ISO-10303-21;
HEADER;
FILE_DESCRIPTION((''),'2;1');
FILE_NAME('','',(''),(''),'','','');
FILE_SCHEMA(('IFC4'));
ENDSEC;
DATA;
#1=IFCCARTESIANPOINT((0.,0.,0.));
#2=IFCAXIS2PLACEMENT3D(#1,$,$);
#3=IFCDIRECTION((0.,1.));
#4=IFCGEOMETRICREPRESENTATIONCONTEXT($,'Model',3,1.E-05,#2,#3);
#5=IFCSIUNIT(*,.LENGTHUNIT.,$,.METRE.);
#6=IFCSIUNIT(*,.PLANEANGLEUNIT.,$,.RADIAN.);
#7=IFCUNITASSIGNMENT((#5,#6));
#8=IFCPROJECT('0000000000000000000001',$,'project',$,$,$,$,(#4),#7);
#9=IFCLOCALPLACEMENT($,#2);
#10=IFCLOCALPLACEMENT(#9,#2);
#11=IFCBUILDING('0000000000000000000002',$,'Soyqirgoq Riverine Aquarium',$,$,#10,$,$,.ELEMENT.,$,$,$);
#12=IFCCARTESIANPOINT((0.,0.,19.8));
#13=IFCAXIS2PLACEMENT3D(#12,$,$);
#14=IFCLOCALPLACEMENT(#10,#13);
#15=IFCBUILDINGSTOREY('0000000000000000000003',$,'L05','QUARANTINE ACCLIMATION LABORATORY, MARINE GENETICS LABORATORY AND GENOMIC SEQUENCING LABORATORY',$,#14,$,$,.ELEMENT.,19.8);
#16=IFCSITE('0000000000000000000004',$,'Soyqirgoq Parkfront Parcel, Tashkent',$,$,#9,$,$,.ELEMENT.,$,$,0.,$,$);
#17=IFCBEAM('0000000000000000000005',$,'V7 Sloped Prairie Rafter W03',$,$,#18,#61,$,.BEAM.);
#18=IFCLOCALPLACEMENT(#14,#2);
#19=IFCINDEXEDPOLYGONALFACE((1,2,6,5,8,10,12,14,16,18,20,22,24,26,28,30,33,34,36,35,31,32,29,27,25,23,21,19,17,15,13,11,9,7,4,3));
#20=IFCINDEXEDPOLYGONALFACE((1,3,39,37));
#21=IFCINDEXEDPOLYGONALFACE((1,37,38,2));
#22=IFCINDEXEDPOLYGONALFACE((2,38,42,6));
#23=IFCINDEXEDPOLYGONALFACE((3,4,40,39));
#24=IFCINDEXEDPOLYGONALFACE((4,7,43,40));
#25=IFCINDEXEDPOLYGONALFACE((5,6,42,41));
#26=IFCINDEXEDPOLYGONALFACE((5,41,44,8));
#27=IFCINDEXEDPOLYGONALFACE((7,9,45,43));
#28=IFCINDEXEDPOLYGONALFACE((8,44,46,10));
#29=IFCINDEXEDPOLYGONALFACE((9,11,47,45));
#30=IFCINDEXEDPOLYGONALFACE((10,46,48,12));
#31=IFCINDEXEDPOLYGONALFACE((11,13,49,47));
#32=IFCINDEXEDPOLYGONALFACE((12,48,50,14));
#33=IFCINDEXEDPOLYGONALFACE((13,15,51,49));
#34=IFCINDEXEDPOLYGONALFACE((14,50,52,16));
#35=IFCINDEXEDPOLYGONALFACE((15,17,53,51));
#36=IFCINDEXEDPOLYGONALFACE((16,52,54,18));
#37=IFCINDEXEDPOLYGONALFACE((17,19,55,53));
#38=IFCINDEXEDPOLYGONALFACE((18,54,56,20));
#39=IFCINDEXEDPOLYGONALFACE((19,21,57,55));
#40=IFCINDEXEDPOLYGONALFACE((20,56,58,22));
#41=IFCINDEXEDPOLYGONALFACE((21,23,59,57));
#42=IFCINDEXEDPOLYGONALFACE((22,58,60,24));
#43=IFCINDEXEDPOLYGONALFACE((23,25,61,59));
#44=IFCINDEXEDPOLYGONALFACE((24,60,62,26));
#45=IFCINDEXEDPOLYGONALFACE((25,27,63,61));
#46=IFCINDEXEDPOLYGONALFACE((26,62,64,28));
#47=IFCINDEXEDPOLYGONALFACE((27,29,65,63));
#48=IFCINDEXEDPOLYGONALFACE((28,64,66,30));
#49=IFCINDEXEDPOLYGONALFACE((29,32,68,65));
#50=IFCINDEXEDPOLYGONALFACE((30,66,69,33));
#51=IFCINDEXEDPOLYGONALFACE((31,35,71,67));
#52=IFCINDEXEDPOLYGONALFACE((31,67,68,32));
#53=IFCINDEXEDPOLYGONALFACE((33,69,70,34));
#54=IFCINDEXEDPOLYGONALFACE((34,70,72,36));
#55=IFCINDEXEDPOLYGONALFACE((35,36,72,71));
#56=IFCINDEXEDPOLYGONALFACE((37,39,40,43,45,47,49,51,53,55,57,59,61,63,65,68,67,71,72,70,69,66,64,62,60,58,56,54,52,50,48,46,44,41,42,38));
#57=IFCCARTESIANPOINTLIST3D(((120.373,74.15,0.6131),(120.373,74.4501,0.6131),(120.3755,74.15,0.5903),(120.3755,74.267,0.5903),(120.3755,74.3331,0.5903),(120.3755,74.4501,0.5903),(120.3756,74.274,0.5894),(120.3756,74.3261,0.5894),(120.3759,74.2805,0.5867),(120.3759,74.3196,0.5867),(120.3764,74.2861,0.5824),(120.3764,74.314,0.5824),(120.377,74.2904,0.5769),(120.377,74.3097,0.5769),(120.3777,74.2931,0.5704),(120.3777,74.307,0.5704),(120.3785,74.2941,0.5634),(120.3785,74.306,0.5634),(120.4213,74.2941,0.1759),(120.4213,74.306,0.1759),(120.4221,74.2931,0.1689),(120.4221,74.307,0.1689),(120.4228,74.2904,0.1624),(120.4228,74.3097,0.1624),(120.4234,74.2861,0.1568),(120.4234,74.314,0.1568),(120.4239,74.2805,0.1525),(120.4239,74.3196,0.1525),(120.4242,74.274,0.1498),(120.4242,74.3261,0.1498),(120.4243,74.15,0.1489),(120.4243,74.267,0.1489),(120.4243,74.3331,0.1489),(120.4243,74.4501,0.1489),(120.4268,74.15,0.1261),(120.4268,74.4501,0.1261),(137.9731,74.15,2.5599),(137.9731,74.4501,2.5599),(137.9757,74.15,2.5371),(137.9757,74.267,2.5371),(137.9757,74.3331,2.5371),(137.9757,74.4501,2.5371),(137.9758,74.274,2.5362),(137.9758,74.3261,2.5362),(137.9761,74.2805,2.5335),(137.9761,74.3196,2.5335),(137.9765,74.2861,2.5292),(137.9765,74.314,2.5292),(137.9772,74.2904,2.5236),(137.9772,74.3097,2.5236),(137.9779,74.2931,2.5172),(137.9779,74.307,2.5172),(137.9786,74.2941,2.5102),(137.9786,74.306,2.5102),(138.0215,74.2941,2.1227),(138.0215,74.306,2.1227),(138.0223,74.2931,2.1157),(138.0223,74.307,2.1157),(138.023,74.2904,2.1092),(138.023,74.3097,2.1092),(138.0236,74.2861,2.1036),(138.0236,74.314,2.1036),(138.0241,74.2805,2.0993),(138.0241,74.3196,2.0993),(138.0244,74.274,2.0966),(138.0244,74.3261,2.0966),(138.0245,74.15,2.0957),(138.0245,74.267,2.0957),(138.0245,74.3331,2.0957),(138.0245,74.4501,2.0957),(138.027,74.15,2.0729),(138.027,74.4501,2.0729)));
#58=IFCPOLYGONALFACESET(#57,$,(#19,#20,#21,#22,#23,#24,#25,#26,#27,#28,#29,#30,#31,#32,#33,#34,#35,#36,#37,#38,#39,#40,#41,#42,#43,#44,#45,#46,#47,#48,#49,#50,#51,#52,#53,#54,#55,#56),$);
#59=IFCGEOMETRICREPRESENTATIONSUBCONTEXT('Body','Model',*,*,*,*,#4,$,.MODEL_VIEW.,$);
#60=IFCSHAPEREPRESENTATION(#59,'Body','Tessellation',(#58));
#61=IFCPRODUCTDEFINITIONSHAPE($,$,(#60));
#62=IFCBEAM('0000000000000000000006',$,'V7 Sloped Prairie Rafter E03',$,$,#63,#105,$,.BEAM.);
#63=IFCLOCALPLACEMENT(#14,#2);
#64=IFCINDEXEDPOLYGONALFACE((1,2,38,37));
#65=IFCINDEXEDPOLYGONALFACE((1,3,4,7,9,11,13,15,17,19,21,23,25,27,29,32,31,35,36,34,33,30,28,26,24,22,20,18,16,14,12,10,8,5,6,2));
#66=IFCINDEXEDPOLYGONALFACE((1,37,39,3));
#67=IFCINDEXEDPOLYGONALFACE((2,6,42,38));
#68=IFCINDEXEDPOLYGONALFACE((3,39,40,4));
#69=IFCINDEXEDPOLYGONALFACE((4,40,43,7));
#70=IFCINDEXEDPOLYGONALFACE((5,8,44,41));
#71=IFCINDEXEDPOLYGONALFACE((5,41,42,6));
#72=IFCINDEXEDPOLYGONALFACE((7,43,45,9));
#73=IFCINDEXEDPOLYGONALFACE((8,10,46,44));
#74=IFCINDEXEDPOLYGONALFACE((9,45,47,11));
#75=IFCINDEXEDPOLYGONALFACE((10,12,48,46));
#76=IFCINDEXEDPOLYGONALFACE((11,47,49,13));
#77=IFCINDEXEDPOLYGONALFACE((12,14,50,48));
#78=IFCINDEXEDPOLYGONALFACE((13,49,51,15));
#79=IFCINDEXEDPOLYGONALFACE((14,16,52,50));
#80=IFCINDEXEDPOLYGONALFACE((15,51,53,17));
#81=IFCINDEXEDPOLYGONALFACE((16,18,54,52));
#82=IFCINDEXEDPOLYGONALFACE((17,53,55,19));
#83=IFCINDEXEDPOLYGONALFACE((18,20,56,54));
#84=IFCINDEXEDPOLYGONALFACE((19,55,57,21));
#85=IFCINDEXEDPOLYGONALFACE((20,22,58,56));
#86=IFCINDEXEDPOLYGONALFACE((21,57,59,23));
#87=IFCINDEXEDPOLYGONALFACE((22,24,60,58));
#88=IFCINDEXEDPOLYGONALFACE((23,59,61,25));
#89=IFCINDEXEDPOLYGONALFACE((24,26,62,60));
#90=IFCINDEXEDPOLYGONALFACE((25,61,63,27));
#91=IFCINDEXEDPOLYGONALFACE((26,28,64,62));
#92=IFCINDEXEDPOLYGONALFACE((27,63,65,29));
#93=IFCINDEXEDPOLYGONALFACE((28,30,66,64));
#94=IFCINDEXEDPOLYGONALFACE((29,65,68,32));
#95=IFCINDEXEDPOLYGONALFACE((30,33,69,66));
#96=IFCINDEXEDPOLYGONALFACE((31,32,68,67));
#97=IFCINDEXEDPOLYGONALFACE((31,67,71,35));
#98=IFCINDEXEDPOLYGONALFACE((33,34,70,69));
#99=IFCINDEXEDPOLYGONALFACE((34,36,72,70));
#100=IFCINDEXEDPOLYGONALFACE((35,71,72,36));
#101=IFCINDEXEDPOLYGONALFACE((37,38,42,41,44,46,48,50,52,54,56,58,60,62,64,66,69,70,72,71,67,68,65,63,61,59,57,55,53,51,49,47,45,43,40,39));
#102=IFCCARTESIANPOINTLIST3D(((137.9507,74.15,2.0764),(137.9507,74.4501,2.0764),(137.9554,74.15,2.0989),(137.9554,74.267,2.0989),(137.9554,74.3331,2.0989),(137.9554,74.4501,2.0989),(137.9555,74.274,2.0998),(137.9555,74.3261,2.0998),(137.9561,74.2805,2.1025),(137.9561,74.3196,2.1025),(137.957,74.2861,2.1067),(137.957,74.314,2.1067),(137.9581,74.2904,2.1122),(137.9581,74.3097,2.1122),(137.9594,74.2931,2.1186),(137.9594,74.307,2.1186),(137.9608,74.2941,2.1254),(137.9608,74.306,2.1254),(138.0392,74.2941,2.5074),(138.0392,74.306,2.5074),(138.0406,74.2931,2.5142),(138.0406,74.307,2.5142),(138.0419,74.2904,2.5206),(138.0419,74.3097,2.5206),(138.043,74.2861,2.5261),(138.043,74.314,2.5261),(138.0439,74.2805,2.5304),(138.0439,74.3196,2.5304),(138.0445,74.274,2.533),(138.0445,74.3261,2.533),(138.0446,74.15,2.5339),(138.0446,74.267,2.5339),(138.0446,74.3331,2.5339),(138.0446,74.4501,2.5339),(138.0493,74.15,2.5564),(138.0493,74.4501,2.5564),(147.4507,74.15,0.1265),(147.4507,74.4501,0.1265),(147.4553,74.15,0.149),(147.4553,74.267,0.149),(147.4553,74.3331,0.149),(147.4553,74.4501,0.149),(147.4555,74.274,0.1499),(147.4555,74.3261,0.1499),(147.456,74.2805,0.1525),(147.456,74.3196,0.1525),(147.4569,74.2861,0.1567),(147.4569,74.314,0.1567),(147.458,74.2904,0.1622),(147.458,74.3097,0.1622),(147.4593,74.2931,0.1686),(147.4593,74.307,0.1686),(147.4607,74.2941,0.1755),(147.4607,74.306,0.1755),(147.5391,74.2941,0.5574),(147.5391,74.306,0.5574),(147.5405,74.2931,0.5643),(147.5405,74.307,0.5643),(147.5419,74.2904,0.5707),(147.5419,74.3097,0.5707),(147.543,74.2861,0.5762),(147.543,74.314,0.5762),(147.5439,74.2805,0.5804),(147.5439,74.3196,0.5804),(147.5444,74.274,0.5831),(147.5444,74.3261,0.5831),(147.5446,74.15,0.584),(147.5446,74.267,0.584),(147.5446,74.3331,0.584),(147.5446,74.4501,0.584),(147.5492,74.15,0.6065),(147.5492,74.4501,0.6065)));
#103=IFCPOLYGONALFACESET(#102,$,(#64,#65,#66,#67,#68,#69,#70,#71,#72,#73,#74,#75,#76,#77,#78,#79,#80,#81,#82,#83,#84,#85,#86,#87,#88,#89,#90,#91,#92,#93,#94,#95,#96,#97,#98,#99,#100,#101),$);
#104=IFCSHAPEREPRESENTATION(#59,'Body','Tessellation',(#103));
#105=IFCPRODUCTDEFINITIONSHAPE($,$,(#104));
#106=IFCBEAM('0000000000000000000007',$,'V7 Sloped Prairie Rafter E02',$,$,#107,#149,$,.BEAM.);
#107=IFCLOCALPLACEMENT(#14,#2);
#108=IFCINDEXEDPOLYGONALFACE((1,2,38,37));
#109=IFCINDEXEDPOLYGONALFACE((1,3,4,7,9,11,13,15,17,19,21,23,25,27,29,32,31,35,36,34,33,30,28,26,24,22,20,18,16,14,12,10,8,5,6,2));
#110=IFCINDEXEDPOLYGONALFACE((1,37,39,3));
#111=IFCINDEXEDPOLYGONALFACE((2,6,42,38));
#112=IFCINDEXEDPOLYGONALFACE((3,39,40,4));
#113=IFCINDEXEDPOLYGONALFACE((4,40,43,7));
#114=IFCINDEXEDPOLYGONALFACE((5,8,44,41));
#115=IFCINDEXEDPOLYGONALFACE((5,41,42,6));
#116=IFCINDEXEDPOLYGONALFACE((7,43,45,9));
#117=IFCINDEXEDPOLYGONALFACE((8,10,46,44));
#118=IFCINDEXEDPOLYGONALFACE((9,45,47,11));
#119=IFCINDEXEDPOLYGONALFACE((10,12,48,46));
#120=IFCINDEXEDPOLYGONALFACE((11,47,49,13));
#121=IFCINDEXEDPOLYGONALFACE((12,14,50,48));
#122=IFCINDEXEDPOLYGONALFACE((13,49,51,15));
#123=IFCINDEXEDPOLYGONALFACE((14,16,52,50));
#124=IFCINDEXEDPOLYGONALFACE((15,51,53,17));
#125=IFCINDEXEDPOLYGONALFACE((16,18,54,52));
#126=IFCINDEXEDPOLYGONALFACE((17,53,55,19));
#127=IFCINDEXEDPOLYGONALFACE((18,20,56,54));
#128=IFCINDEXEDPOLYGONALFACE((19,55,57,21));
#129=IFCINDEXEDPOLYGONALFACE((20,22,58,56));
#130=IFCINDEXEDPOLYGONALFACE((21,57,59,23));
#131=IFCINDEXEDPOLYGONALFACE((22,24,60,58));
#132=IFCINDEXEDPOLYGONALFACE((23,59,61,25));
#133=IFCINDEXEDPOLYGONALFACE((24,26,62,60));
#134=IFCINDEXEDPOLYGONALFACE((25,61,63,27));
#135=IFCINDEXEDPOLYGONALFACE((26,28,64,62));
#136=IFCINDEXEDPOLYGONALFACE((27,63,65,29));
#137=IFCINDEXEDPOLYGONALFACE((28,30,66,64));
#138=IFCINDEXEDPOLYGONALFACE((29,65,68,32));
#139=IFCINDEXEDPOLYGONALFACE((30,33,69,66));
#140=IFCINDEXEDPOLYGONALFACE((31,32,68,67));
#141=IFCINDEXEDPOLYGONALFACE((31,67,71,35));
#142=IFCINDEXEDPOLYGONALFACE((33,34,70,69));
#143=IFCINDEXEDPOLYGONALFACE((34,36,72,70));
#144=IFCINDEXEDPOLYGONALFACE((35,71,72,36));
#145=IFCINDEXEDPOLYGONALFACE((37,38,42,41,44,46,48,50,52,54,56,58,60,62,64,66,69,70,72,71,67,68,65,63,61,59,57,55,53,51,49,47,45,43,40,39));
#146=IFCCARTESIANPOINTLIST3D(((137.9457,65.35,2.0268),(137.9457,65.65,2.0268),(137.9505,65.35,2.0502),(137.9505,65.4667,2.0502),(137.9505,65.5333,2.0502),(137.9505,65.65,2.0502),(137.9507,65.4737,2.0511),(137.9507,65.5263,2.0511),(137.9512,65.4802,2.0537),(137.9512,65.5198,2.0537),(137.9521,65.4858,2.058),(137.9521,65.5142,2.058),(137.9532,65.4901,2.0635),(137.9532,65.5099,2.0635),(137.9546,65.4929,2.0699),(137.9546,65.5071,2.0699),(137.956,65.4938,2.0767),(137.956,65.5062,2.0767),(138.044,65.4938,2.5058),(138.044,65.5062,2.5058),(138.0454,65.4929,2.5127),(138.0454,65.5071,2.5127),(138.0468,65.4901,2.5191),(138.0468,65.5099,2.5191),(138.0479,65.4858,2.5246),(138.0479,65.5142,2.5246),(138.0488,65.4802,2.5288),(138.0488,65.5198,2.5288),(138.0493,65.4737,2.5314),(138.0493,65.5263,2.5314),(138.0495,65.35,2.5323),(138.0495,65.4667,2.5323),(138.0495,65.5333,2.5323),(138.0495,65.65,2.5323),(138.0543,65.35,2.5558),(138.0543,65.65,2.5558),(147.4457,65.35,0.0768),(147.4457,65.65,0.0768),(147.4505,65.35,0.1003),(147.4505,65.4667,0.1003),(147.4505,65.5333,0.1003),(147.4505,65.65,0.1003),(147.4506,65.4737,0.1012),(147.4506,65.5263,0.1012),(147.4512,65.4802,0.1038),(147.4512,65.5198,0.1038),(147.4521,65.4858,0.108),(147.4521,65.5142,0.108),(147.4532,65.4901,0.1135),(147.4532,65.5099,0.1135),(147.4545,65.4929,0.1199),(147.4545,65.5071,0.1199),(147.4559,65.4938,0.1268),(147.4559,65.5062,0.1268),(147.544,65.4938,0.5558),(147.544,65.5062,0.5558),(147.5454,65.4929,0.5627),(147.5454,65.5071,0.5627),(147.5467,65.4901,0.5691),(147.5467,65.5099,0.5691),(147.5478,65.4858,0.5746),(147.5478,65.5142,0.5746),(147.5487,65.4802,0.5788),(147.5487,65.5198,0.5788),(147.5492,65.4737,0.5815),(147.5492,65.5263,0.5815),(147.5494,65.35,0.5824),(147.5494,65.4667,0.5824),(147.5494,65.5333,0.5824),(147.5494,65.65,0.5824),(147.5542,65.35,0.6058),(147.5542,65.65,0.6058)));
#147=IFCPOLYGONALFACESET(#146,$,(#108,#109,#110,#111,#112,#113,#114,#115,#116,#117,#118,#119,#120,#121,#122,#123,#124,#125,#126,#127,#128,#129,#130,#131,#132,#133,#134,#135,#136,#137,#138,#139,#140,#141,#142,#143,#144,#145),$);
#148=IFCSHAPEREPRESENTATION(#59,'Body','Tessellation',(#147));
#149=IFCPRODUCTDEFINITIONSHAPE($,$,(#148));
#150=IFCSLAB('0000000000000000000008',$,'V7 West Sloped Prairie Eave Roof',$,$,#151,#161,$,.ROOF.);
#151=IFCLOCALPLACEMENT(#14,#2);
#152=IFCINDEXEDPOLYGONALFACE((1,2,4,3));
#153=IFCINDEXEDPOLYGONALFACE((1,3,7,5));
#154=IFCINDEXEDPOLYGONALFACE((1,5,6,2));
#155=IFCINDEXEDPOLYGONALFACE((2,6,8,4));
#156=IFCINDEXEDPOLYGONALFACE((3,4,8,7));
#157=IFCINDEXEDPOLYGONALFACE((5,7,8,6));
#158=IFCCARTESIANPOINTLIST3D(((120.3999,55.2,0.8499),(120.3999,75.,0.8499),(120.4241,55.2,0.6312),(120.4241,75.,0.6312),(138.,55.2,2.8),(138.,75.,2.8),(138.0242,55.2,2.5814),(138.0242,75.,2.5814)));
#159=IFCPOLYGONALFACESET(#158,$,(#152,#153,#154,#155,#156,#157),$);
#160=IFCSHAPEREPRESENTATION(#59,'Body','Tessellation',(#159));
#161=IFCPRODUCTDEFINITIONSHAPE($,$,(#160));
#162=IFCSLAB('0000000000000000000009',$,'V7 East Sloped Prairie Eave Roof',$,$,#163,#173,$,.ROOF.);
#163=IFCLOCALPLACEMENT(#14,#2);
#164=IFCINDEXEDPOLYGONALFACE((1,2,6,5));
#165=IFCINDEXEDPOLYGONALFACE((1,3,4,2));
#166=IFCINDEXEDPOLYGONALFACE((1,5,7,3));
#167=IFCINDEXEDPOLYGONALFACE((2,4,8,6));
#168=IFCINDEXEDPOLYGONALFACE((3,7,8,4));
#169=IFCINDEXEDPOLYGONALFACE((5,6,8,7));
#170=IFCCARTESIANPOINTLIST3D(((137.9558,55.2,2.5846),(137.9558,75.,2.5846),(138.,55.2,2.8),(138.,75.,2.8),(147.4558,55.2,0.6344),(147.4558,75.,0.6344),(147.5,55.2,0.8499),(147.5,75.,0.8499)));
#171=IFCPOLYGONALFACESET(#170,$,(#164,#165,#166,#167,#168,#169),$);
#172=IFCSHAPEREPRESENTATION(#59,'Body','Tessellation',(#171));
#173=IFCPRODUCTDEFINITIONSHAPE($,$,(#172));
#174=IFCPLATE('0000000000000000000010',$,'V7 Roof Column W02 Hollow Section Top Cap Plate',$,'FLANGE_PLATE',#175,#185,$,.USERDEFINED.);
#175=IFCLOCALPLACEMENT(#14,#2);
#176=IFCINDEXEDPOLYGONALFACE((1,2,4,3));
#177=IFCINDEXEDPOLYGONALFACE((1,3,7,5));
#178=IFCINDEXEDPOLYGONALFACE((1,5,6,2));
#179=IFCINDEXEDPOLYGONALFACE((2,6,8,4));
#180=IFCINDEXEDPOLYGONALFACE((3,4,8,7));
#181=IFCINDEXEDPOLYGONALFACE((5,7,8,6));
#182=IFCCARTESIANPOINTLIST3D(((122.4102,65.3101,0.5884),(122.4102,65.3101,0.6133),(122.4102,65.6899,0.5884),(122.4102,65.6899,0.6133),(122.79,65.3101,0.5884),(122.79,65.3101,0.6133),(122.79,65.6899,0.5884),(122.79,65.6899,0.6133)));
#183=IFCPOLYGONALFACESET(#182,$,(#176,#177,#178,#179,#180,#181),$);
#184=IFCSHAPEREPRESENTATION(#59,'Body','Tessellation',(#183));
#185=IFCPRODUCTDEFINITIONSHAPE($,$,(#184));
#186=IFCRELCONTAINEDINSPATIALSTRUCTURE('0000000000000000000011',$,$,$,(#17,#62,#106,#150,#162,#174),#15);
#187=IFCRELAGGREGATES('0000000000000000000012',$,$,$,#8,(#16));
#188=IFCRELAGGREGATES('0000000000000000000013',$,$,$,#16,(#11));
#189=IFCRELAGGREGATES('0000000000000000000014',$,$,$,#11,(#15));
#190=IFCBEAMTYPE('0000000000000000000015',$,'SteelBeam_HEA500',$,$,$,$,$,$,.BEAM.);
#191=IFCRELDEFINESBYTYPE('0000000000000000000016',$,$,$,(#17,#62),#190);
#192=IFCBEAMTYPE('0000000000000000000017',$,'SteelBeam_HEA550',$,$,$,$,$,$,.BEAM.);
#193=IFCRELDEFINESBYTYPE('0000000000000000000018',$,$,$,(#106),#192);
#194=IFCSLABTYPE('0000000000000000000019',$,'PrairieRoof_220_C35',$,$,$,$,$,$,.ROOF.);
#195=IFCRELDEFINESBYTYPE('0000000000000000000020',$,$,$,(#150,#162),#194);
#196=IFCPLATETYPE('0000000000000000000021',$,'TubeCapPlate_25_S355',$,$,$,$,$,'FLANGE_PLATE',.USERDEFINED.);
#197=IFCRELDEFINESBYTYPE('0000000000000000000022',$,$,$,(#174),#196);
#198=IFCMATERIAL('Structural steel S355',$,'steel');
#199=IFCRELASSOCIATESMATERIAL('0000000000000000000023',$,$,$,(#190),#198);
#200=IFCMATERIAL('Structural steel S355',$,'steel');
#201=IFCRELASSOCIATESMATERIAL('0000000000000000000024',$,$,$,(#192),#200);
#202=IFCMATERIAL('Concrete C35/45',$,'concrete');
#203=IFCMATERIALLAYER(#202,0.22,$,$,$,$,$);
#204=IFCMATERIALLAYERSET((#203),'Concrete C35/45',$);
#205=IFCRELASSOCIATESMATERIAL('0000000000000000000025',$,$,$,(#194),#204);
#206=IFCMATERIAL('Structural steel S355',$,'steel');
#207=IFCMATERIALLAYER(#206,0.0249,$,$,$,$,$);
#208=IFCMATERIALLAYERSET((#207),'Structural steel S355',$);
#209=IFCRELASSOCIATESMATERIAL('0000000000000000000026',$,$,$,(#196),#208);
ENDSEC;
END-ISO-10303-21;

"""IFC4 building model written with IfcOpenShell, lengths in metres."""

from ifc_helpers import new_model, si_unit, direction, frame, origin, origin_2d, place, context, subcontext, project, spatial, polyline, rectangle, i_section, outline, extrude, material, layer, layer_set, material_profile, profile_set, type_object, element, save


model = new_model("IFC4")

# Units and contexts
model_context = context("Model", 3, precision=1e-05, world=origin(), true_north=direction((0.0, 1.0)))
body_context = subcontext(model_context, "Body", "Model", "MODEL_VIEW")
ifc_project = project(units=[si_unit("LENGTHUNIT", "METRE"), si_unit("PLANEANGLEUNIT", "RADIAN")], contexts=[model_context])

# Site, building, storey
site_placement = place(None, origin())
site = spatial("IfcSite", under=ifc_project, at=site_placement, Name="Soyqirgoq Parkfront Parcel, Tashkent", CompositionType="ELEMENT", RefElevation=0.0)
building_placement = place(site_placement, origin())
building = spatial("IfcBuilding", under=site, at=building_placement, Name="Soyqirgoq Riverine Aquarium", CompositionType="ELEMENT")
storey_placement = place(building_placement, frame((0.0, 0.0, 19.8)))
storey = spatial("IfcBuildingStorey", under=building, at=storey_placement, Name="L05", Description="QUARANTINE ACCLIMATION LABORATORY, MARINE GENETICS LABORATORY AND GENOMIC SEQUENCING LABORATORY", CompositionType="ELEMENT", Elevation=19.8)

# Beams
ifc_material_1 = material(Name="Structural steel S355", Category="steel")
ifc_material_profile_1 = material_profile(ifc_material_1, i_section(OverallWidth=0.3, OverallDepth=0.49, WebThickness=0.012, FlangeThickness=0.0229, FilletRadius=0.0271, at=origin_2d()), Name="HEA 500")
ifc_profile_set_1 = profile_set([ifc_material_profile_1], Name="Structural steel S355")
beam_type_1 = type_object("IfcBeamType", Name="SteelBeam_HEA500", PredefinedType="BEAM", material=ifc_profile_set_1)
beam_1_placement = place(storey_placement, frame((120.3999, 74.3, 0.3696), z_axis=(0.993938, 0.0, 0.109941), x_axis=(0.0, 1.0, 0.0)))
element("IfcBeam", 1, at=beam_1_placement, inside=storey, type_object=beam_type_1, Name="V7 Sloped Prairie Rafter W03", PredefinedType="BEAM", context=body_context, shape_type="SweptSolid", body=[
    extrude(i_section(OverallWidth=0.3, OverallDepth=0.49, WebThickness=0.012, FlangeThickness=0.0229, FilletRadius=0.0271, at=origin_2d()), origin(), (0.0, 0.0, 1.0), 17.7075),
])
beam_2_placement = place(storey_placement, frame((138.0, 74.3, 2.3164), z_axis=(0.979578, 0.0, -0.201066), x_axis=(0.0, 1.0, 0.0)))
element("IfcBeam", 2, at=beam_2_placement, inside=storey, type_object=beam_type_1, Name="V7 Sloped Prairie Rafter E03", PredefinedType="BEAM", context=body_context, shape_type="SweptSolid", body=[
    extrude(i_section(OverallWidth=0.3, OverallDepth=0.49, WebThickness=0.012, FlangeThickness=0.0229, FilletRadius=0.0271, at=origin_2d()), origin(), (0.0, 0.0, 1.0), 9.698),
])
ifc_material_2 = material(Name="Structural steel S355", Category="steel")
ifc_material_profile_2 = material_profile(ifc_material_2, i_section(OverallWidth=0.3, OverallDepth=0.54, WebThickness=0.0125, FlangeThickness=0.0239, FilletRadius=0.0271, at=origin_2d()), Name="HEA 550")
ifc_profile_set_2 = profile_set([ifc_material_profile_2], Name="Structural steel S355")
beam_type_2 = type_object("IfcBeamType", Name="SteelBeam_HEA550", PredefinedType="BEAM", material=ifc_profile_set_2)
beam_3_placement = place(storey_placement, frame((138.0, 65.5, 2.2913), z_axis=(0.979578, 0.0, -0.201066), x_axis=(0.0, 1.0, 0.0)))
element("IfcBeam", 3, at=beam_3_placement, inside=storey, type_object=beam_type_2, Name="V7 Sloped Prairie Rafter E02", PredefinedType="BEAM", context=body_context, shape_type="SweptSolid", body=[
    extrude(i_section(OverallWidth=0.3, OverallDepth=0.54, WebThickness=0.0125, FlangeThickness=0.0239, FilletRadius=0.0271, at=origin_2d()), origin(), (0.0, 0.0, 1.0), 9.698),
])

# Slabs
ifc_material_3 = material(Name="Concrete C35/45", Category="concrete")
ifc_layer_1 = layer(ifc_material_3, 0.22)
ifc_layer_set_1 = layer_set([ifc_layer_1], Name="Concrete C35/45")
slab_type = type_object("IfcSlabType", Name="PrairieRoof_220_C35", PredefinedType="ROOF", material=ifc_layer_set_1)
slab_1_placement = place(storey_placement, frame((120.3999, 55.2, 0.8499), z_axis=(-0.110132, 0.0, 0.993917), x_axis=(0.993917, 0.0, 0.110132)))
element("IfcSlab", 4, at=slab_1_placement, inside=storey, type_object=slab_type, Name="V7 West Sloped Prairie Eave Roof", PredefinedType="ROOF", context=body_context, shape_type="SweptSolid", body=[
    extrude(outline(polyline([(0.0, 0.0), (17.7078, 0.0), (17.7078, 19.8), (0.0, 19.8), (0.0, 0.0)])), origin(), (0.0, 0.0, -1.0), 0.22),
])
slab_2_placement = place(storey_placement, frame((138.0, 55.2, 2.8), z_axis=(0.20109, 0.0, 0.979573), x_axis=(0.979573, 0.0, -0.20109)))
element("IfcSlab", 5, at=slab_2_placement, inside=storey, type_object=slab_type, Name="V7 East Sloped Prairie Eave Roof", PredefinedType="ROOF", context=body_context, shape_type="SweptSolid", body=[
    extrude(outline(polyline([(0.0, 0.0), (9.6981, 0.0), (9.6981, 19.8), (0.0, 19.8), (0.0, 0.0)])), origin(), (0.0, 0.0, -1.0), 0.22),
])

# Plate
ifc_material_4 = material(Name="Structural steel S355", Category="steel")
ifc_layer_2 = layer(ifc_material_4, 0.0249)
ifc_layer_set_2 = layer_set([ifc_layer_2], Name="Structural steel S355")
plate_type = type_object("IfcPlateType", Name="TubeCapPlate_25_S355", ElementType="FLANGE_PLATE", PredefinedType="USERDEFINED", material=ifc_layer_set_2)
plate_placement = place(storey_placement, frame((122.6001, 65.5, 0.5884), z_axis=(0.0, 0.0, 1.0), x_axis=(1.0, 0.0, 0.0)))
element("IfcPlate", 6, at=plate_placement, inside=storey, type_object=plate_type, Name="V7 Roof Column W02 Hollow Section Top Cap Plate", ObjectType="FLANGE_PLATE", PredefinedType="USERDEFINED", context=body_context, shape_type="SweptSolid", body=[
    extrude(rectangle(XDim=0.3799, YDim=0.3799, at=origin_2d()), origin(), (0.0, 0.0, 1.0), 0.0249),
])

save(model, "model.ifc")
